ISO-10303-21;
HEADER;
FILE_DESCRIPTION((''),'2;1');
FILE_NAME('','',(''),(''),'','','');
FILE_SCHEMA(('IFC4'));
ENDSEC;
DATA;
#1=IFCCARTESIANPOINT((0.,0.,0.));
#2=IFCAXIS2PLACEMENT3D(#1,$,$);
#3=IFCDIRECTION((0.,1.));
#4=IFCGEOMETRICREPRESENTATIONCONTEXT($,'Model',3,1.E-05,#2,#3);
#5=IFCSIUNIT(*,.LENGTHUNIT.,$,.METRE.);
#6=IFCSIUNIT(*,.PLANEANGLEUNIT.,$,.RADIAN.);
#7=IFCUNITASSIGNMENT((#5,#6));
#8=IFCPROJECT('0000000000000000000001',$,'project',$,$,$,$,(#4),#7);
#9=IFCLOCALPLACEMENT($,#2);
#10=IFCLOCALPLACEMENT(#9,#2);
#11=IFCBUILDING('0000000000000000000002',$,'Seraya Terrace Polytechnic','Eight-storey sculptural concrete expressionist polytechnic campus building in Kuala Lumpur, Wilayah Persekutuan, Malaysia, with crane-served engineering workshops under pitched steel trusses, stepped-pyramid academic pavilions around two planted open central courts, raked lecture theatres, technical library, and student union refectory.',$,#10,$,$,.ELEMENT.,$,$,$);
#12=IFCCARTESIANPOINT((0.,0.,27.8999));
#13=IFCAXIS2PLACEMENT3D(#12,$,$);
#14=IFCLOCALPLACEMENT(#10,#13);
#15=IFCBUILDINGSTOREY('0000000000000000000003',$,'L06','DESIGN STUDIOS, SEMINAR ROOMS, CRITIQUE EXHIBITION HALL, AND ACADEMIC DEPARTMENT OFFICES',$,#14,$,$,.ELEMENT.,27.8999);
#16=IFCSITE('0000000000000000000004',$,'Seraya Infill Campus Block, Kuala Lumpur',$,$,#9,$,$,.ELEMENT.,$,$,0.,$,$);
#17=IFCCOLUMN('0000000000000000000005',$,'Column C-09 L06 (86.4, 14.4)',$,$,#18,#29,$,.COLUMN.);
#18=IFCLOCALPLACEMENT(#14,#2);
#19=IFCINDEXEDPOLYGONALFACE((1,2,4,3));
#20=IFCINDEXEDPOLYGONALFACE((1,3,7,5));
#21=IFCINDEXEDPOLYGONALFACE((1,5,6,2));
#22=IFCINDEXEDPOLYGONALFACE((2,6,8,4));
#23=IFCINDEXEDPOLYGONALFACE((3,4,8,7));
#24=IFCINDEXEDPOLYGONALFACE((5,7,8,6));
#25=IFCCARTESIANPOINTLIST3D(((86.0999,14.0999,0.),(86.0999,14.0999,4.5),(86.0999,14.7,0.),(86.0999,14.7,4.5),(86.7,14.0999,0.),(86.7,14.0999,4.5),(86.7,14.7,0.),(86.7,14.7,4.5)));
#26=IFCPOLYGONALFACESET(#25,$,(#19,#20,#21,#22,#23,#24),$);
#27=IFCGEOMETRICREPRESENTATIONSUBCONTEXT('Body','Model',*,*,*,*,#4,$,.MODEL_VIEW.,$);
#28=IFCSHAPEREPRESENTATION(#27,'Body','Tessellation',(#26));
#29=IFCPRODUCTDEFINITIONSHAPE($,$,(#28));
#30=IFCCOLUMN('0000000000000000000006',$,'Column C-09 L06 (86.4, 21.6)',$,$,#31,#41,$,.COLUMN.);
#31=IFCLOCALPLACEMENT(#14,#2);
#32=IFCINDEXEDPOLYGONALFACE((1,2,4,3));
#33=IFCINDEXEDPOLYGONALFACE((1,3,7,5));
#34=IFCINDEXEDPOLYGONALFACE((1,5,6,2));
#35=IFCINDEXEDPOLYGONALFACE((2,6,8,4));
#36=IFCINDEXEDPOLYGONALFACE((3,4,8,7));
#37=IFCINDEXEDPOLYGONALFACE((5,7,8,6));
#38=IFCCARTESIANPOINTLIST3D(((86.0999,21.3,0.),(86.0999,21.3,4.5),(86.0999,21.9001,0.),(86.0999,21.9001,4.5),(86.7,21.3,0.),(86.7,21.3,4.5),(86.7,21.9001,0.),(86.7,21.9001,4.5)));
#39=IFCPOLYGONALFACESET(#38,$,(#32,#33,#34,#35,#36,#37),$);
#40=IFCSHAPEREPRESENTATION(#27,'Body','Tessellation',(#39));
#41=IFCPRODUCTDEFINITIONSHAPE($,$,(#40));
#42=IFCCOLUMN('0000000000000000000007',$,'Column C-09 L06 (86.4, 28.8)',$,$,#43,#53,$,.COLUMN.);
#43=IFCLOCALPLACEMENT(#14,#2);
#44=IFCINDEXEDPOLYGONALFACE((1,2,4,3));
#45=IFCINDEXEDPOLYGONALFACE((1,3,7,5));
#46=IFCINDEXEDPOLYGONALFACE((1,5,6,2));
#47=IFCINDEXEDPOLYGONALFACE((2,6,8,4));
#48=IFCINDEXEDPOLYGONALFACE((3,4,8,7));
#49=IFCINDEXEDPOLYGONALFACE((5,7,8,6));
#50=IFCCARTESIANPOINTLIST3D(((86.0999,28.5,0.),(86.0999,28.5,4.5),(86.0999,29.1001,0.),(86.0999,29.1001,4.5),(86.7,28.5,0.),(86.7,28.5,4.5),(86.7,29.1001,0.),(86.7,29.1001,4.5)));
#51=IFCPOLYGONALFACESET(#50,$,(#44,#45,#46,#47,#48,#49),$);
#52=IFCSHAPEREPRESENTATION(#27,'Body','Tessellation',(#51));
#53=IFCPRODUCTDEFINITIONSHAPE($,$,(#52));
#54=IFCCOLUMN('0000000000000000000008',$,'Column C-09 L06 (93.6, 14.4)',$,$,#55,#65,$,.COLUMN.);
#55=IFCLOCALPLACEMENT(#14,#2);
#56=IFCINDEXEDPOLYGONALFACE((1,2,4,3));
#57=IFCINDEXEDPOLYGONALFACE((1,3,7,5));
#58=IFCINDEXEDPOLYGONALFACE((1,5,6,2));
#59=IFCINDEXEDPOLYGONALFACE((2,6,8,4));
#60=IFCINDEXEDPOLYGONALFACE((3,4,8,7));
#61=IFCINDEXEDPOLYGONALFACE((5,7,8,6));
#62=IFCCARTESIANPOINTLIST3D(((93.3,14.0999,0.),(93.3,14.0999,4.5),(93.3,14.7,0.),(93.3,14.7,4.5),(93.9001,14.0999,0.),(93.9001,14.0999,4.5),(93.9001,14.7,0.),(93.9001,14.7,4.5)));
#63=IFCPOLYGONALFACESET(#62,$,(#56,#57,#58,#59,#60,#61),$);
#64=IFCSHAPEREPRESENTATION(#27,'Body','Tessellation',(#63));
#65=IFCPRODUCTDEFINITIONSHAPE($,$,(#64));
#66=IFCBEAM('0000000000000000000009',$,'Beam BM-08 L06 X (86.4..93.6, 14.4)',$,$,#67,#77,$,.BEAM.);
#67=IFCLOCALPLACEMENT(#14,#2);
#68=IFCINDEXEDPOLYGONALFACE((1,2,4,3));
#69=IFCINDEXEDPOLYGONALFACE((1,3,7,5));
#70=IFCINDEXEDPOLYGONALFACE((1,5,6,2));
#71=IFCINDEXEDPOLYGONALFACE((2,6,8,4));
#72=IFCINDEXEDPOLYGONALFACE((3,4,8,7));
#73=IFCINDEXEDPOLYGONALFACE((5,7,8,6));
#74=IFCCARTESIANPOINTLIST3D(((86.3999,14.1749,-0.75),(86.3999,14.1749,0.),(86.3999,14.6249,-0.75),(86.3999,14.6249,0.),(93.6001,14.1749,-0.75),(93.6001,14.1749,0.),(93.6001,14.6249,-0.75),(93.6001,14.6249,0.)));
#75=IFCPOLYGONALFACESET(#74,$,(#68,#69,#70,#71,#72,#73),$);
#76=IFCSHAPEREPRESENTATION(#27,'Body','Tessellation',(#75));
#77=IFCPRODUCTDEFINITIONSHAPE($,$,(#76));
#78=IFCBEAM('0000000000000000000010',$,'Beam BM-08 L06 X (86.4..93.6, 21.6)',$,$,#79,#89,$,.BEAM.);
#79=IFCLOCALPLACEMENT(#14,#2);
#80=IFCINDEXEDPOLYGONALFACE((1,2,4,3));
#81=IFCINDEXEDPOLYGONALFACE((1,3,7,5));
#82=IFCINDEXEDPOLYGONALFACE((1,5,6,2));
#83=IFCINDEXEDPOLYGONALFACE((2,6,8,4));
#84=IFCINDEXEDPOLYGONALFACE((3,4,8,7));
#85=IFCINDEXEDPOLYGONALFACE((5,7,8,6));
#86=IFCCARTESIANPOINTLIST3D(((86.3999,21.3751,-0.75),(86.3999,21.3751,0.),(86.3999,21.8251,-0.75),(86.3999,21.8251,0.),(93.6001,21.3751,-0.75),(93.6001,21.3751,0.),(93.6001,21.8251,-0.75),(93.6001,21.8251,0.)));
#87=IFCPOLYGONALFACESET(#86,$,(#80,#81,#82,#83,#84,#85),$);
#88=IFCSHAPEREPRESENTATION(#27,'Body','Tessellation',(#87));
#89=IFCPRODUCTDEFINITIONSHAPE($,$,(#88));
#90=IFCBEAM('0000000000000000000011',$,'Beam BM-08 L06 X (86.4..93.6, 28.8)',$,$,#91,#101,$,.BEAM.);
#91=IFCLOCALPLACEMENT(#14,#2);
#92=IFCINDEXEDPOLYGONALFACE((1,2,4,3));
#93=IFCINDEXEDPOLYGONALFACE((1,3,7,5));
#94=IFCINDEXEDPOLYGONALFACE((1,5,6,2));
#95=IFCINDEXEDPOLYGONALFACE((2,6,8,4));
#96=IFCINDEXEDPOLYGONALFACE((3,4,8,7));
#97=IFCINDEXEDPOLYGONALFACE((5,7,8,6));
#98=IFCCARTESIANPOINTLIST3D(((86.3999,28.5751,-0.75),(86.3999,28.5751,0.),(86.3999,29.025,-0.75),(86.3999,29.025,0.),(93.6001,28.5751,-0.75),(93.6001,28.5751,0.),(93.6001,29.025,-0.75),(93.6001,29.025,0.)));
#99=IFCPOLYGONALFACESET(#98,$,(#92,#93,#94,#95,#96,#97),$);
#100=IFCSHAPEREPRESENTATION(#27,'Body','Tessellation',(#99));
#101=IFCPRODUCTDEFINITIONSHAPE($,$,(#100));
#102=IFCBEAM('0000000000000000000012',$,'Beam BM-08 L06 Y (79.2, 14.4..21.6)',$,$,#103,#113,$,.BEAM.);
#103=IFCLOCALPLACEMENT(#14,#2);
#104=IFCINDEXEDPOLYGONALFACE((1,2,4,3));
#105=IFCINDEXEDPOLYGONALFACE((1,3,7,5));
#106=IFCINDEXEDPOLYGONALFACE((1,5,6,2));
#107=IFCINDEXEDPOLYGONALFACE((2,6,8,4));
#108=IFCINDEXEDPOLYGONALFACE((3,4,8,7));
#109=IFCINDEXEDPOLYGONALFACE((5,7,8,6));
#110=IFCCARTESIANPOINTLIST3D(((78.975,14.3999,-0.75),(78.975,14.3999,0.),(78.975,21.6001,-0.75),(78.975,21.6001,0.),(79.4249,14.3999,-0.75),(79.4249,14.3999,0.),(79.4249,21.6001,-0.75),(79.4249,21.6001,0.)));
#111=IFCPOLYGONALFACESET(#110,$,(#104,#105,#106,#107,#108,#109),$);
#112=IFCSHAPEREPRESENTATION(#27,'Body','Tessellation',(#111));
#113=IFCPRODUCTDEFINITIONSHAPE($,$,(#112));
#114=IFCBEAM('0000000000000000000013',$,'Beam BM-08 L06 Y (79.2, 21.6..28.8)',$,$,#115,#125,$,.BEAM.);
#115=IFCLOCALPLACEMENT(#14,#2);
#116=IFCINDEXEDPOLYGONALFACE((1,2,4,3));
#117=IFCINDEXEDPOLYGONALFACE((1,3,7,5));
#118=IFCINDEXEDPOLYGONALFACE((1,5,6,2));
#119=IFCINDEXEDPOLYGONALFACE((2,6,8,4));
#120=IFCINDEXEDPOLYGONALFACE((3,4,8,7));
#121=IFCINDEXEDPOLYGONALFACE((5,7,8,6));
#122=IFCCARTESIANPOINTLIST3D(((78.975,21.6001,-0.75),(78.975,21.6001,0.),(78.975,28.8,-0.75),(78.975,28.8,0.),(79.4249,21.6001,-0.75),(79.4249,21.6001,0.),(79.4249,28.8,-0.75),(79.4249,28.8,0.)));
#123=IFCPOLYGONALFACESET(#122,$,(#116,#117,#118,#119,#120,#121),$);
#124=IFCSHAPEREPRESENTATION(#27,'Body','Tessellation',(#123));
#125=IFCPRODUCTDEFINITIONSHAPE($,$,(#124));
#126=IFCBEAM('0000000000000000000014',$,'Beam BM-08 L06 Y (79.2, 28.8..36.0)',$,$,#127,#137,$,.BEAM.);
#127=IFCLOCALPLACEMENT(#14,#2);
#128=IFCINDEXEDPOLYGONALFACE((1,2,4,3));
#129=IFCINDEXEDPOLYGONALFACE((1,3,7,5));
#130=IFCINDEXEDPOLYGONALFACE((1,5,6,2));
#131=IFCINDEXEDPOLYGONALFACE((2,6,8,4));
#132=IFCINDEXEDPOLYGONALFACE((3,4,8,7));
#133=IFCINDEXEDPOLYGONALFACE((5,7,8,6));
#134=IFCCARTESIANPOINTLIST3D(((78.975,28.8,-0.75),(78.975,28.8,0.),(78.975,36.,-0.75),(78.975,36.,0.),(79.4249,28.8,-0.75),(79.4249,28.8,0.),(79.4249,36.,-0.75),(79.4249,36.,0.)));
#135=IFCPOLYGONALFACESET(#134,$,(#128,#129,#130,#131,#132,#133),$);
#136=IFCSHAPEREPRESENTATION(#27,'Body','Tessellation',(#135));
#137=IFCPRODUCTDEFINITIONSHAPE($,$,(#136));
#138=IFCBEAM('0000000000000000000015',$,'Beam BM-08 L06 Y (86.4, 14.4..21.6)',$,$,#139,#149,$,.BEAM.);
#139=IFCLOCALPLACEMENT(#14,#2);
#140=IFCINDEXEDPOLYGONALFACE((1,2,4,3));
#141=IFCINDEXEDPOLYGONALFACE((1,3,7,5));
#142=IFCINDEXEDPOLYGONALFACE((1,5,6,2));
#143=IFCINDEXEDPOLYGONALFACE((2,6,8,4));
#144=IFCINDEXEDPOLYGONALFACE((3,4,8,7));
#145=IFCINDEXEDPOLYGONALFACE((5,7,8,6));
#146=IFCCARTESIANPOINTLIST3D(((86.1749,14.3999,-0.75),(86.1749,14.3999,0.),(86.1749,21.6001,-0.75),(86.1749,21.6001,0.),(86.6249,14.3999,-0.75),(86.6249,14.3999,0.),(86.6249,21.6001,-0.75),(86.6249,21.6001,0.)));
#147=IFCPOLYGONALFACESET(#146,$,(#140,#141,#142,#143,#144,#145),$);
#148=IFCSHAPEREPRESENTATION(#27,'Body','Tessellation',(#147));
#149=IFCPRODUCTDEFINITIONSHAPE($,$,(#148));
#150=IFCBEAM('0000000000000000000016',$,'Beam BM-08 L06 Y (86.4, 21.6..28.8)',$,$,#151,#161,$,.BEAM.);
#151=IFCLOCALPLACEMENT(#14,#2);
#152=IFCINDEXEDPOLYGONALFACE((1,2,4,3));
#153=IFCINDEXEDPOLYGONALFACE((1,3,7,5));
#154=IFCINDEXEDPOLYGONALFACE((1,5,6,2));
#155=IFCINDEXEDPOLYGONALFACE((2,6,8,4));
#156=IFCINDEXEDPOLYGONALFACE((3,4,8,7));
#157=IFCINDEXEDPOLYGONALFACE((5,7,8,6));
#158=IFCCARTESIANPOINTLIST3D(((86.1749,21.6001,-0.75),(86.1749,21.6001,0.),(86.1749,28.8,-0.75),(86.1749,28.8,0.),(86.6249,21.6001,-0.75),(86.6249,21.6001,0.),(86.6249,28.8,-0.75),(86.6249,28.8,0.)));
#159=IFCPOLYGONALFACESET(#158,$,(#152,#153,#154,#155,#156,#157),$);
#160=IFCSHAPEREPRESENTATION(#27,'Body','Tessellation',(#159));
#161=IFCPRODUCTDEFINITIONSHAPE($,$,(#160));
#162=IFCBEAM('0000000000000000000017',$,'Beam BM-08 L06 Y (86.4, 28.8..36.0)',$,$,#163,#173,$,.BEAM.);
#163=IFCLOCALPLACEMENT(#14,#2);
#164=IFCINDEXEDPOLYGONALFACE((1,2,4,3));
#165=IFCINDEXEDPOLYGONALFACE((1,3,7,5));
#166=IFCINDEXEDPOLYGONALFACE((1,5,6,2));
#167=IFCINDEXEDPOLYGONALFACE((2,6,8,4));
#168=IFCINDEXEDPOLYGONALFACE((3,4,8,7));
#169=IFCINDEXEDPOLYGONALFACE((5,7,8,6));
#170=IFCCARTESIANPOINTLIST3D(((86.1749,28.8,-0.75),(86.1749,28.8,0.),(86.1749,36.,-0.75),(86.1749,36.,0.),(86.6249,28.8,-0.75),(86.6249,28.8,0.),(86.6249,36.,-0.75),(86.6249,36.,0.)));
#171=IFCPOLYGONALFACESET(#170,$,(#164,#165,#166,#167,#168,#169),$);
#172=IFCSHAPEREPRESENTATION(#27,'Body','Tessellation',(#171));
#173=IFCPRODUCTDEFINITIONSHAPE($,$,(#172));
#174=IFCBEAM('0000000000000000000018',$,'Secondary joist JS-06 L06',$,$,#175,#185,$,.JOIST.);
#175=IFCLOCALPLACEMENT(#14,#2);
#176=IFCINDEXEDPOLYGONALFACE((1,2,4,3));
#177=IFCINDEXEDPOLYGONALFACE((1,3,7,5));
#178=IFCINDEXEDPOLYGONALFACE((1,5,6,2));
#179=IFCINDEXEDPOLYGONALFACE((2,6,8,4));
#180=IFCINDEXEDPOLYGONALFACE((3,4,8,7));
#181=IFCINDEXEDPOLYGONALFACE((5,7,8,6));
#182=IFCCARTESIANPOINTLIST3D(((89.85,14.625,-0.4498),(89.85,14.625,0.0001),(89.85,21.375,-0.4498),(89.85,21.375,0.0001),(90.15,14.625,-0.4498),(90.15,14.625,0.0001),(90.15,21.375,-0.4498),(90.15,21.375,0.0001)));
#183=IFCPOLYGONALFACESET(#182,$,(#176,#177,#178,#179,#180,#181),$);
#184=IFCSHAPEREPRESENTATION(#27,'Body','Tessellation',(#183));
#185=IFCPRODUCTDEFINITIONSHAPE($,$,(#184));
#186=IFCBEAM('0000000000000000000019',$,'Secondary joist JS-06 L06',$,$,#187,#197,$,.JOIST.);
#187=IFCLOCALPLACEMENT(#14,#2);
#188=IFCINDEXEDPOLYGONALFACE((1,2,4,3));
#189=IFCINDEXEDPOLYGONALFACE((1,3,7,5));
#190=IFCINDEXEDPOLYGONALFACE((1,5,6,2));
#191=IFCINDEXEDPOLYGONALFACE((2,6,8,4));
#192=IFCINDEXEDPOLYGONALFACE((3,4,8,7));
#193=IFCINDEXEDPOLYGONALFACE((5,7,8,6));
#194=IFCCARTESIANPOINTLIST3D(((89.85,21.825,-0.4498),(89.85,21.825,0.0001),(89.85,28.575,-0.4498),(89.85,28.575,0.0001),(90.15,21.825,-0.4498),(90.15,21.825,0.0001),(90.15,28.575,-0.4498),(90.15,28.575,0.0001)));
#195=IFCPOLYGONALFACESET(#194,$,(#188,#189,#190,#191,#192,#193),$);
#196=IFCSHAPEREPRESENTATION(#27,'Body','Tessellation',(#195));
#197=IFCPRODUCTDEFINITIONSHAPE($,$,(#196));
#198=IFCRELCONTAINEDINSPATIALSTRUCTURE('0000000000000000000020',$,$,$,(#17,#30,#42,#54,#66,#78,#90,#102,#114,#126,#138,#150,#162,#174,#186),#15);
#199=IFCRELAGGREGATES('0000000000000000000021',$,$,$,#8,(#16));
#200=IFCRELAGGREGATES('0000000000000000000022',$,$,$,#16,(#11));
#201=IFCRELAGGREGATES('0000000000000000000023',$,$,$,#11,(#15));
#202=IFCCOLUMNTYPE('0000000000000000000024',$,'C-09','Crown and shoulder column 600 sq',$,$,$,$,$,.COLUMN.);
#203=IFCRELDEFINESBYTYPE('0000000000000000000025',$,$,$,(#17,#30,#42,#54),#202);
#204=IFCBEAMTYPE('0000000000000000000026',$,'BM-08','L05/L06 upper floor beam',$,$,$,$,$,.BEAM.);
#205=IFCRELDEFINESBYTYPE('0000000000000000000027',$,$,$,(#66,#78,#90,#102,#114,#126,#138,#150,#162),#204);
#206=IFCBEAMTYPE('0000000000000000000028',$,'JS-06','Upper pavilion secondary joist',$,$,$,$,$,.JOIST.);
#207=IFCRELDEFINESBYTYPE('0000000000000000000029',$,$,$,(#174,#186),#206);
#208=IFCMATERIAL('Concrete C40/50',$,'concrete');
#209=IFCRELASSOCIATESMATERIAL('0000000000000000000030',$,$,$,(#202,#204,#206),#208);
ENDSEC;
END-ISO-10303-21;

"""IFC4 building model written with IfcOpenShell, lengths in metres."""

from ifc_helpers import new_model, si_unit, direction, frame, origin, origin_2d, place, context, subcontext, project, spatial, rectangle, extrude, material, material_profile, profile_set, type_object, element, save


model = new_model("IFC4")

# Units and contexts
model_context = context("Model", 3, precision=1e-05, world=origin(), true_north=direction((0.0, 1.0)))
body_context = subcontext(model_context, "Body", "Model", "MODEL_VIEW")
ifc_project = project(units=[si_unit("LENGTHUNIT", "METRE"), si_unit("PLANEANGLEUNIT", "RADIAN")], contexts=[model_context])

# Site, building, storey
site_placement = place(None, origin())
site = spatial("IfcSite", under=ifc_project, at=site_placement, Name="Seraya Infill Campus Block, Kuala Lumpur", CompositionType="ELEMENT", RefElevation=0.0)
building_placement = place(site_placement, origin())
building = spatial("IfcBuilding", under=site, at=building_placement, Name="Seraya Terrace Polytechnic", Description="Eight-storey sculptural concrete expressionist polytechnic campus building in Kuala Lumpur, Wilayah Persekutuan, Malaysia, with crane-served engineering workshops under pitched steel trusses, stepped-pyramid academic pavilions around two planted open central courts, raked lecture theatres, technical library, and student union refectory.", CompositionType="ELEMENT")
storey_placement = place(building_placement, frame((0.0, 0.0, 27.8999)))
storey = spatial("IfcBuildingStorey", under=building, at=storey_placement, Name="L06", Description="DESIGN STUDIOS, SEMINAR ROOMS, CRITIQUE EXHIBITION HALL, AND ACADEMIC DEPARTMENT OFFICES", CompositionType="ELEMENT", Elevation=27.8999)

# Columns
ifc_material_1 = material(Name="Concrete C40/50", Category="concrete")
ifc_material_profile_1 = material_profile(ifc_material_1, rectangle(XDim=0.6001, YDim=0.6001, at=origin_2d()), Name="RC 600x600")
ifc_profile_set_1 = profile_set([ifc_material_profile_1], Name="Concrete C40/50")
column_type = type_object("IfcColumnType", Name="C-09", Description="Crown and shoulder column 600 sq", PredefinedType="COLUMN", material=ifc_profile_set_1)
for number, where, z_axis, x_axis, name in (
    (1, (86.3999, 14.3999, 0.0), (0.0, 0.0, 1.0), (1.0, 0.0, 0.0), "Column C-09 L06 (86.4, 14.4)"),
    (2, (86.3999, 21.6001, 0.0), (0.0, 0.0, 1.0), (1.0, 0.0, 0.0), "Column C-09 L06 (86.4, 21.6)"),
    (3, (86.3999, 28.8, 0.0), (0.0, 0.0, 1.0), (1.0, 0.0, 0.0), "Column C-09 L06 (86.4, 28.8)"),
    (4, (93.6001, 14.3999, 0.0), (0.0, 0.0, 1.0), (1.0, 0.0, 0.0), "Column C-09 L06 (93.6, 14.4)"),
):
    element("IfcColumn", number, at=place(storey_placement, frame(where, z_axis=z_axis, x_axis=x_axis)), inside=storey, type_object=column_type, Name=name, PredefinedType="COLUMN", context=body_context, shape_type="SweptSolid", body=[
        extrude(rectangle(XDim=0.6001, YDim=0.6001, at=origin_2d()), origin(), (0.0, 0.0, 1.0), 4.5),
    ])

# Beams
ifc_material_profile_2 = material_profile(ifc_material_1, rectangle(XDim=0.45, YDim=0.75, at=origin_2d()), Name="RC 450x750")
ifc_profile_set_2 = profile_set([ifc_material_profile_2], Name="Concrete C40/50")
beam_type_1 = type_object("IfcBeamType", Name="BM-08", Description="L05/L06 upper floor beam", PredefinedType="BEAM", material=ifc_profile_set_2)
for number, where, z_axis, x_axis, name in (
    (5, (86.3999, 14.3999, -0.375), (1.0, 0.0, 0.0), (0.0, 1.0, 0.0), "Beam BM-08 L06 X (86.4..93.6, 14.4)"),
    (6, (86.3999, 21.6001, -0.375), (1.0, 0.0, 0.0), (0.0, 1.0, 0.0), "Beam BM-08 L06 X (86.4..93.6, 21.6)"),
    (7, (86.3999, 28.8, -0.375), (1.0, 0.0, 0.0), (0.0, 1.0, 0.0), "Beam BM-08 L06 X (86.4..93.6, 28.8)"),
    (8, (79.2, 14.3999, -0.375), (0.0, 1.0, 0.0), (-1.0, 0.0, 0.0), "Beam BM-08 L06 Y (79.2, 14.4..21.6)"),
):
    element("IfcBeam", number, at=place(storey_placement, frame(where, z_axis=z_axis, x_axis=x_axis)), inside=storey, type_object=beam_type_1, Name=name, PredefinedType="BEAM", context=body_context, shape_type="SweptSolid", body=[
        extrude(rectangle(XDim=0.45, YDim=0.75, at=origin_2d()), origin(), (0.0, 0.0, 1.0), 7.2002),
    ])
for number, where, z_axis, x_axis, name in (
    (9, (79.2, 21.6001, -0.375), (0.0, 1.0, 0.0), (-1.0, 0.0, 0.0), "Beam BM-08 L06 Y (79.2, 21.6..28.8)"),
    (10, (79.2, 28.8, -0.375), (0.0, 1.0, 0.0), (-1.0, 0.0, 0.0), "Beam BM-08 L06 Y (79.2, 28.8..36.0)"),
):
    element("IfcBeam", number, at=place(storey_placement, frame(where, z_axis=z_axis, x_axis=x_axis)), inside=storey, type_object=beam_type_1, Name=name, PredefinedType="BEAM", context=body_context, shape_type="SweptSolid", body=[
        extrude(rectangle(XDim=0.45, YDim=0.75, at=origin_2d()), origin(), (0.0, 0.0, 1.0), 7.2),
    ])
beam_placement = place(storey_placement, frame((86.3999, 14.3999, -0.375), z_axis=(0.0, 1.0, 0.0), x_axis=(-1.0, 0.0, 0.0)))
element("IfcBeam", 11, at=beam_placement, inside=storey, type_object=beam_type_1, Name="Beam BM-08 L06 Y (86.4, 14.4..21.6)", PredefinedType="BEAM", context=body_context, shape_type="SweptSolid", body=[
    extrude(rectangle(XDim=0.45, YDim=0.75, at=origin_2d()), origin(), (0.0, 0.0, 1.0), 7.2002),
])
for number, where, z_axis, x_axis, name in (
    (12, (86.3999, 21.6001, -0.375), (0.0, 1.0, 0.0), (-1.0, 0.0, 0.0), "Beam BM-08 L06 Y (86.4, 21.6..28.8)"),
    (13, (86.3999, 28.8, -0.375), (0.0, 1.0, 0.0), (-1.0, 0.0, 0.0), "Beam BM-08 L06 Y (86.4, 28.8..36.0)"),
):
    element("IfcBeam", number, at=place(storey_placement, frame(where, z_axis=z_axis, x_axis=x_axis)), inside=storey, type_object=beam_type_1, Name=name, PredefinedType="BEAM", context=body_context, shape_type="SweptSolid", body=[
        extrude(rectangle(XDim=0.45, YDim=0.75, at=origin_2d()), origin(), (0.0, 0.0, 1.0), 7.2),
    ])
ifc_material_profile_3 = material_profile(ifc_material_1, rectangle(XDim=0.3, YDim=0.45, at=origin_2d()), Name="RC 300x450")
ifc_profile_set_3 = profile_set([ifc_material_profile_3], Name="Concrete C40/50")
beam_type_2 = type_object("IfcBeamType", Name="JS-06", Description="Upper pavilion secondary joist", PredefinedType="JOIST", material=ifc_profile_set_3)
for number, where, z_axis, x_axis, name in (
    (14, (90.0, 14.625, -0.2249), (0.0, 1.0, 0.0), (-1.0, 0.0, 0.0), "Secondary joist JS-06 L06"),
    (15, (90.0, 21.825, -0.2249), (0.0, 1.0, 0.0), (-1.0, 0.0, 0.0), "Secondary joist JS-06 L06"),
):
    element("IfcBeam", number, at=place(storey_placement, frame(where, z_axis=z_axis, x_axis=x_axis)), inside=storey, type_object=beam_type_2, Name=name, PredefinedType="JOIST", context=body_context, shape_type="SweptSolid", body=[
        extrude(rectangle(XDim=0.3, YDim=0.45, at=origin_2d()), origin(), (0.0, 0.0, 1.0), 6.75),
    ])

save(model, "model.ifc")
